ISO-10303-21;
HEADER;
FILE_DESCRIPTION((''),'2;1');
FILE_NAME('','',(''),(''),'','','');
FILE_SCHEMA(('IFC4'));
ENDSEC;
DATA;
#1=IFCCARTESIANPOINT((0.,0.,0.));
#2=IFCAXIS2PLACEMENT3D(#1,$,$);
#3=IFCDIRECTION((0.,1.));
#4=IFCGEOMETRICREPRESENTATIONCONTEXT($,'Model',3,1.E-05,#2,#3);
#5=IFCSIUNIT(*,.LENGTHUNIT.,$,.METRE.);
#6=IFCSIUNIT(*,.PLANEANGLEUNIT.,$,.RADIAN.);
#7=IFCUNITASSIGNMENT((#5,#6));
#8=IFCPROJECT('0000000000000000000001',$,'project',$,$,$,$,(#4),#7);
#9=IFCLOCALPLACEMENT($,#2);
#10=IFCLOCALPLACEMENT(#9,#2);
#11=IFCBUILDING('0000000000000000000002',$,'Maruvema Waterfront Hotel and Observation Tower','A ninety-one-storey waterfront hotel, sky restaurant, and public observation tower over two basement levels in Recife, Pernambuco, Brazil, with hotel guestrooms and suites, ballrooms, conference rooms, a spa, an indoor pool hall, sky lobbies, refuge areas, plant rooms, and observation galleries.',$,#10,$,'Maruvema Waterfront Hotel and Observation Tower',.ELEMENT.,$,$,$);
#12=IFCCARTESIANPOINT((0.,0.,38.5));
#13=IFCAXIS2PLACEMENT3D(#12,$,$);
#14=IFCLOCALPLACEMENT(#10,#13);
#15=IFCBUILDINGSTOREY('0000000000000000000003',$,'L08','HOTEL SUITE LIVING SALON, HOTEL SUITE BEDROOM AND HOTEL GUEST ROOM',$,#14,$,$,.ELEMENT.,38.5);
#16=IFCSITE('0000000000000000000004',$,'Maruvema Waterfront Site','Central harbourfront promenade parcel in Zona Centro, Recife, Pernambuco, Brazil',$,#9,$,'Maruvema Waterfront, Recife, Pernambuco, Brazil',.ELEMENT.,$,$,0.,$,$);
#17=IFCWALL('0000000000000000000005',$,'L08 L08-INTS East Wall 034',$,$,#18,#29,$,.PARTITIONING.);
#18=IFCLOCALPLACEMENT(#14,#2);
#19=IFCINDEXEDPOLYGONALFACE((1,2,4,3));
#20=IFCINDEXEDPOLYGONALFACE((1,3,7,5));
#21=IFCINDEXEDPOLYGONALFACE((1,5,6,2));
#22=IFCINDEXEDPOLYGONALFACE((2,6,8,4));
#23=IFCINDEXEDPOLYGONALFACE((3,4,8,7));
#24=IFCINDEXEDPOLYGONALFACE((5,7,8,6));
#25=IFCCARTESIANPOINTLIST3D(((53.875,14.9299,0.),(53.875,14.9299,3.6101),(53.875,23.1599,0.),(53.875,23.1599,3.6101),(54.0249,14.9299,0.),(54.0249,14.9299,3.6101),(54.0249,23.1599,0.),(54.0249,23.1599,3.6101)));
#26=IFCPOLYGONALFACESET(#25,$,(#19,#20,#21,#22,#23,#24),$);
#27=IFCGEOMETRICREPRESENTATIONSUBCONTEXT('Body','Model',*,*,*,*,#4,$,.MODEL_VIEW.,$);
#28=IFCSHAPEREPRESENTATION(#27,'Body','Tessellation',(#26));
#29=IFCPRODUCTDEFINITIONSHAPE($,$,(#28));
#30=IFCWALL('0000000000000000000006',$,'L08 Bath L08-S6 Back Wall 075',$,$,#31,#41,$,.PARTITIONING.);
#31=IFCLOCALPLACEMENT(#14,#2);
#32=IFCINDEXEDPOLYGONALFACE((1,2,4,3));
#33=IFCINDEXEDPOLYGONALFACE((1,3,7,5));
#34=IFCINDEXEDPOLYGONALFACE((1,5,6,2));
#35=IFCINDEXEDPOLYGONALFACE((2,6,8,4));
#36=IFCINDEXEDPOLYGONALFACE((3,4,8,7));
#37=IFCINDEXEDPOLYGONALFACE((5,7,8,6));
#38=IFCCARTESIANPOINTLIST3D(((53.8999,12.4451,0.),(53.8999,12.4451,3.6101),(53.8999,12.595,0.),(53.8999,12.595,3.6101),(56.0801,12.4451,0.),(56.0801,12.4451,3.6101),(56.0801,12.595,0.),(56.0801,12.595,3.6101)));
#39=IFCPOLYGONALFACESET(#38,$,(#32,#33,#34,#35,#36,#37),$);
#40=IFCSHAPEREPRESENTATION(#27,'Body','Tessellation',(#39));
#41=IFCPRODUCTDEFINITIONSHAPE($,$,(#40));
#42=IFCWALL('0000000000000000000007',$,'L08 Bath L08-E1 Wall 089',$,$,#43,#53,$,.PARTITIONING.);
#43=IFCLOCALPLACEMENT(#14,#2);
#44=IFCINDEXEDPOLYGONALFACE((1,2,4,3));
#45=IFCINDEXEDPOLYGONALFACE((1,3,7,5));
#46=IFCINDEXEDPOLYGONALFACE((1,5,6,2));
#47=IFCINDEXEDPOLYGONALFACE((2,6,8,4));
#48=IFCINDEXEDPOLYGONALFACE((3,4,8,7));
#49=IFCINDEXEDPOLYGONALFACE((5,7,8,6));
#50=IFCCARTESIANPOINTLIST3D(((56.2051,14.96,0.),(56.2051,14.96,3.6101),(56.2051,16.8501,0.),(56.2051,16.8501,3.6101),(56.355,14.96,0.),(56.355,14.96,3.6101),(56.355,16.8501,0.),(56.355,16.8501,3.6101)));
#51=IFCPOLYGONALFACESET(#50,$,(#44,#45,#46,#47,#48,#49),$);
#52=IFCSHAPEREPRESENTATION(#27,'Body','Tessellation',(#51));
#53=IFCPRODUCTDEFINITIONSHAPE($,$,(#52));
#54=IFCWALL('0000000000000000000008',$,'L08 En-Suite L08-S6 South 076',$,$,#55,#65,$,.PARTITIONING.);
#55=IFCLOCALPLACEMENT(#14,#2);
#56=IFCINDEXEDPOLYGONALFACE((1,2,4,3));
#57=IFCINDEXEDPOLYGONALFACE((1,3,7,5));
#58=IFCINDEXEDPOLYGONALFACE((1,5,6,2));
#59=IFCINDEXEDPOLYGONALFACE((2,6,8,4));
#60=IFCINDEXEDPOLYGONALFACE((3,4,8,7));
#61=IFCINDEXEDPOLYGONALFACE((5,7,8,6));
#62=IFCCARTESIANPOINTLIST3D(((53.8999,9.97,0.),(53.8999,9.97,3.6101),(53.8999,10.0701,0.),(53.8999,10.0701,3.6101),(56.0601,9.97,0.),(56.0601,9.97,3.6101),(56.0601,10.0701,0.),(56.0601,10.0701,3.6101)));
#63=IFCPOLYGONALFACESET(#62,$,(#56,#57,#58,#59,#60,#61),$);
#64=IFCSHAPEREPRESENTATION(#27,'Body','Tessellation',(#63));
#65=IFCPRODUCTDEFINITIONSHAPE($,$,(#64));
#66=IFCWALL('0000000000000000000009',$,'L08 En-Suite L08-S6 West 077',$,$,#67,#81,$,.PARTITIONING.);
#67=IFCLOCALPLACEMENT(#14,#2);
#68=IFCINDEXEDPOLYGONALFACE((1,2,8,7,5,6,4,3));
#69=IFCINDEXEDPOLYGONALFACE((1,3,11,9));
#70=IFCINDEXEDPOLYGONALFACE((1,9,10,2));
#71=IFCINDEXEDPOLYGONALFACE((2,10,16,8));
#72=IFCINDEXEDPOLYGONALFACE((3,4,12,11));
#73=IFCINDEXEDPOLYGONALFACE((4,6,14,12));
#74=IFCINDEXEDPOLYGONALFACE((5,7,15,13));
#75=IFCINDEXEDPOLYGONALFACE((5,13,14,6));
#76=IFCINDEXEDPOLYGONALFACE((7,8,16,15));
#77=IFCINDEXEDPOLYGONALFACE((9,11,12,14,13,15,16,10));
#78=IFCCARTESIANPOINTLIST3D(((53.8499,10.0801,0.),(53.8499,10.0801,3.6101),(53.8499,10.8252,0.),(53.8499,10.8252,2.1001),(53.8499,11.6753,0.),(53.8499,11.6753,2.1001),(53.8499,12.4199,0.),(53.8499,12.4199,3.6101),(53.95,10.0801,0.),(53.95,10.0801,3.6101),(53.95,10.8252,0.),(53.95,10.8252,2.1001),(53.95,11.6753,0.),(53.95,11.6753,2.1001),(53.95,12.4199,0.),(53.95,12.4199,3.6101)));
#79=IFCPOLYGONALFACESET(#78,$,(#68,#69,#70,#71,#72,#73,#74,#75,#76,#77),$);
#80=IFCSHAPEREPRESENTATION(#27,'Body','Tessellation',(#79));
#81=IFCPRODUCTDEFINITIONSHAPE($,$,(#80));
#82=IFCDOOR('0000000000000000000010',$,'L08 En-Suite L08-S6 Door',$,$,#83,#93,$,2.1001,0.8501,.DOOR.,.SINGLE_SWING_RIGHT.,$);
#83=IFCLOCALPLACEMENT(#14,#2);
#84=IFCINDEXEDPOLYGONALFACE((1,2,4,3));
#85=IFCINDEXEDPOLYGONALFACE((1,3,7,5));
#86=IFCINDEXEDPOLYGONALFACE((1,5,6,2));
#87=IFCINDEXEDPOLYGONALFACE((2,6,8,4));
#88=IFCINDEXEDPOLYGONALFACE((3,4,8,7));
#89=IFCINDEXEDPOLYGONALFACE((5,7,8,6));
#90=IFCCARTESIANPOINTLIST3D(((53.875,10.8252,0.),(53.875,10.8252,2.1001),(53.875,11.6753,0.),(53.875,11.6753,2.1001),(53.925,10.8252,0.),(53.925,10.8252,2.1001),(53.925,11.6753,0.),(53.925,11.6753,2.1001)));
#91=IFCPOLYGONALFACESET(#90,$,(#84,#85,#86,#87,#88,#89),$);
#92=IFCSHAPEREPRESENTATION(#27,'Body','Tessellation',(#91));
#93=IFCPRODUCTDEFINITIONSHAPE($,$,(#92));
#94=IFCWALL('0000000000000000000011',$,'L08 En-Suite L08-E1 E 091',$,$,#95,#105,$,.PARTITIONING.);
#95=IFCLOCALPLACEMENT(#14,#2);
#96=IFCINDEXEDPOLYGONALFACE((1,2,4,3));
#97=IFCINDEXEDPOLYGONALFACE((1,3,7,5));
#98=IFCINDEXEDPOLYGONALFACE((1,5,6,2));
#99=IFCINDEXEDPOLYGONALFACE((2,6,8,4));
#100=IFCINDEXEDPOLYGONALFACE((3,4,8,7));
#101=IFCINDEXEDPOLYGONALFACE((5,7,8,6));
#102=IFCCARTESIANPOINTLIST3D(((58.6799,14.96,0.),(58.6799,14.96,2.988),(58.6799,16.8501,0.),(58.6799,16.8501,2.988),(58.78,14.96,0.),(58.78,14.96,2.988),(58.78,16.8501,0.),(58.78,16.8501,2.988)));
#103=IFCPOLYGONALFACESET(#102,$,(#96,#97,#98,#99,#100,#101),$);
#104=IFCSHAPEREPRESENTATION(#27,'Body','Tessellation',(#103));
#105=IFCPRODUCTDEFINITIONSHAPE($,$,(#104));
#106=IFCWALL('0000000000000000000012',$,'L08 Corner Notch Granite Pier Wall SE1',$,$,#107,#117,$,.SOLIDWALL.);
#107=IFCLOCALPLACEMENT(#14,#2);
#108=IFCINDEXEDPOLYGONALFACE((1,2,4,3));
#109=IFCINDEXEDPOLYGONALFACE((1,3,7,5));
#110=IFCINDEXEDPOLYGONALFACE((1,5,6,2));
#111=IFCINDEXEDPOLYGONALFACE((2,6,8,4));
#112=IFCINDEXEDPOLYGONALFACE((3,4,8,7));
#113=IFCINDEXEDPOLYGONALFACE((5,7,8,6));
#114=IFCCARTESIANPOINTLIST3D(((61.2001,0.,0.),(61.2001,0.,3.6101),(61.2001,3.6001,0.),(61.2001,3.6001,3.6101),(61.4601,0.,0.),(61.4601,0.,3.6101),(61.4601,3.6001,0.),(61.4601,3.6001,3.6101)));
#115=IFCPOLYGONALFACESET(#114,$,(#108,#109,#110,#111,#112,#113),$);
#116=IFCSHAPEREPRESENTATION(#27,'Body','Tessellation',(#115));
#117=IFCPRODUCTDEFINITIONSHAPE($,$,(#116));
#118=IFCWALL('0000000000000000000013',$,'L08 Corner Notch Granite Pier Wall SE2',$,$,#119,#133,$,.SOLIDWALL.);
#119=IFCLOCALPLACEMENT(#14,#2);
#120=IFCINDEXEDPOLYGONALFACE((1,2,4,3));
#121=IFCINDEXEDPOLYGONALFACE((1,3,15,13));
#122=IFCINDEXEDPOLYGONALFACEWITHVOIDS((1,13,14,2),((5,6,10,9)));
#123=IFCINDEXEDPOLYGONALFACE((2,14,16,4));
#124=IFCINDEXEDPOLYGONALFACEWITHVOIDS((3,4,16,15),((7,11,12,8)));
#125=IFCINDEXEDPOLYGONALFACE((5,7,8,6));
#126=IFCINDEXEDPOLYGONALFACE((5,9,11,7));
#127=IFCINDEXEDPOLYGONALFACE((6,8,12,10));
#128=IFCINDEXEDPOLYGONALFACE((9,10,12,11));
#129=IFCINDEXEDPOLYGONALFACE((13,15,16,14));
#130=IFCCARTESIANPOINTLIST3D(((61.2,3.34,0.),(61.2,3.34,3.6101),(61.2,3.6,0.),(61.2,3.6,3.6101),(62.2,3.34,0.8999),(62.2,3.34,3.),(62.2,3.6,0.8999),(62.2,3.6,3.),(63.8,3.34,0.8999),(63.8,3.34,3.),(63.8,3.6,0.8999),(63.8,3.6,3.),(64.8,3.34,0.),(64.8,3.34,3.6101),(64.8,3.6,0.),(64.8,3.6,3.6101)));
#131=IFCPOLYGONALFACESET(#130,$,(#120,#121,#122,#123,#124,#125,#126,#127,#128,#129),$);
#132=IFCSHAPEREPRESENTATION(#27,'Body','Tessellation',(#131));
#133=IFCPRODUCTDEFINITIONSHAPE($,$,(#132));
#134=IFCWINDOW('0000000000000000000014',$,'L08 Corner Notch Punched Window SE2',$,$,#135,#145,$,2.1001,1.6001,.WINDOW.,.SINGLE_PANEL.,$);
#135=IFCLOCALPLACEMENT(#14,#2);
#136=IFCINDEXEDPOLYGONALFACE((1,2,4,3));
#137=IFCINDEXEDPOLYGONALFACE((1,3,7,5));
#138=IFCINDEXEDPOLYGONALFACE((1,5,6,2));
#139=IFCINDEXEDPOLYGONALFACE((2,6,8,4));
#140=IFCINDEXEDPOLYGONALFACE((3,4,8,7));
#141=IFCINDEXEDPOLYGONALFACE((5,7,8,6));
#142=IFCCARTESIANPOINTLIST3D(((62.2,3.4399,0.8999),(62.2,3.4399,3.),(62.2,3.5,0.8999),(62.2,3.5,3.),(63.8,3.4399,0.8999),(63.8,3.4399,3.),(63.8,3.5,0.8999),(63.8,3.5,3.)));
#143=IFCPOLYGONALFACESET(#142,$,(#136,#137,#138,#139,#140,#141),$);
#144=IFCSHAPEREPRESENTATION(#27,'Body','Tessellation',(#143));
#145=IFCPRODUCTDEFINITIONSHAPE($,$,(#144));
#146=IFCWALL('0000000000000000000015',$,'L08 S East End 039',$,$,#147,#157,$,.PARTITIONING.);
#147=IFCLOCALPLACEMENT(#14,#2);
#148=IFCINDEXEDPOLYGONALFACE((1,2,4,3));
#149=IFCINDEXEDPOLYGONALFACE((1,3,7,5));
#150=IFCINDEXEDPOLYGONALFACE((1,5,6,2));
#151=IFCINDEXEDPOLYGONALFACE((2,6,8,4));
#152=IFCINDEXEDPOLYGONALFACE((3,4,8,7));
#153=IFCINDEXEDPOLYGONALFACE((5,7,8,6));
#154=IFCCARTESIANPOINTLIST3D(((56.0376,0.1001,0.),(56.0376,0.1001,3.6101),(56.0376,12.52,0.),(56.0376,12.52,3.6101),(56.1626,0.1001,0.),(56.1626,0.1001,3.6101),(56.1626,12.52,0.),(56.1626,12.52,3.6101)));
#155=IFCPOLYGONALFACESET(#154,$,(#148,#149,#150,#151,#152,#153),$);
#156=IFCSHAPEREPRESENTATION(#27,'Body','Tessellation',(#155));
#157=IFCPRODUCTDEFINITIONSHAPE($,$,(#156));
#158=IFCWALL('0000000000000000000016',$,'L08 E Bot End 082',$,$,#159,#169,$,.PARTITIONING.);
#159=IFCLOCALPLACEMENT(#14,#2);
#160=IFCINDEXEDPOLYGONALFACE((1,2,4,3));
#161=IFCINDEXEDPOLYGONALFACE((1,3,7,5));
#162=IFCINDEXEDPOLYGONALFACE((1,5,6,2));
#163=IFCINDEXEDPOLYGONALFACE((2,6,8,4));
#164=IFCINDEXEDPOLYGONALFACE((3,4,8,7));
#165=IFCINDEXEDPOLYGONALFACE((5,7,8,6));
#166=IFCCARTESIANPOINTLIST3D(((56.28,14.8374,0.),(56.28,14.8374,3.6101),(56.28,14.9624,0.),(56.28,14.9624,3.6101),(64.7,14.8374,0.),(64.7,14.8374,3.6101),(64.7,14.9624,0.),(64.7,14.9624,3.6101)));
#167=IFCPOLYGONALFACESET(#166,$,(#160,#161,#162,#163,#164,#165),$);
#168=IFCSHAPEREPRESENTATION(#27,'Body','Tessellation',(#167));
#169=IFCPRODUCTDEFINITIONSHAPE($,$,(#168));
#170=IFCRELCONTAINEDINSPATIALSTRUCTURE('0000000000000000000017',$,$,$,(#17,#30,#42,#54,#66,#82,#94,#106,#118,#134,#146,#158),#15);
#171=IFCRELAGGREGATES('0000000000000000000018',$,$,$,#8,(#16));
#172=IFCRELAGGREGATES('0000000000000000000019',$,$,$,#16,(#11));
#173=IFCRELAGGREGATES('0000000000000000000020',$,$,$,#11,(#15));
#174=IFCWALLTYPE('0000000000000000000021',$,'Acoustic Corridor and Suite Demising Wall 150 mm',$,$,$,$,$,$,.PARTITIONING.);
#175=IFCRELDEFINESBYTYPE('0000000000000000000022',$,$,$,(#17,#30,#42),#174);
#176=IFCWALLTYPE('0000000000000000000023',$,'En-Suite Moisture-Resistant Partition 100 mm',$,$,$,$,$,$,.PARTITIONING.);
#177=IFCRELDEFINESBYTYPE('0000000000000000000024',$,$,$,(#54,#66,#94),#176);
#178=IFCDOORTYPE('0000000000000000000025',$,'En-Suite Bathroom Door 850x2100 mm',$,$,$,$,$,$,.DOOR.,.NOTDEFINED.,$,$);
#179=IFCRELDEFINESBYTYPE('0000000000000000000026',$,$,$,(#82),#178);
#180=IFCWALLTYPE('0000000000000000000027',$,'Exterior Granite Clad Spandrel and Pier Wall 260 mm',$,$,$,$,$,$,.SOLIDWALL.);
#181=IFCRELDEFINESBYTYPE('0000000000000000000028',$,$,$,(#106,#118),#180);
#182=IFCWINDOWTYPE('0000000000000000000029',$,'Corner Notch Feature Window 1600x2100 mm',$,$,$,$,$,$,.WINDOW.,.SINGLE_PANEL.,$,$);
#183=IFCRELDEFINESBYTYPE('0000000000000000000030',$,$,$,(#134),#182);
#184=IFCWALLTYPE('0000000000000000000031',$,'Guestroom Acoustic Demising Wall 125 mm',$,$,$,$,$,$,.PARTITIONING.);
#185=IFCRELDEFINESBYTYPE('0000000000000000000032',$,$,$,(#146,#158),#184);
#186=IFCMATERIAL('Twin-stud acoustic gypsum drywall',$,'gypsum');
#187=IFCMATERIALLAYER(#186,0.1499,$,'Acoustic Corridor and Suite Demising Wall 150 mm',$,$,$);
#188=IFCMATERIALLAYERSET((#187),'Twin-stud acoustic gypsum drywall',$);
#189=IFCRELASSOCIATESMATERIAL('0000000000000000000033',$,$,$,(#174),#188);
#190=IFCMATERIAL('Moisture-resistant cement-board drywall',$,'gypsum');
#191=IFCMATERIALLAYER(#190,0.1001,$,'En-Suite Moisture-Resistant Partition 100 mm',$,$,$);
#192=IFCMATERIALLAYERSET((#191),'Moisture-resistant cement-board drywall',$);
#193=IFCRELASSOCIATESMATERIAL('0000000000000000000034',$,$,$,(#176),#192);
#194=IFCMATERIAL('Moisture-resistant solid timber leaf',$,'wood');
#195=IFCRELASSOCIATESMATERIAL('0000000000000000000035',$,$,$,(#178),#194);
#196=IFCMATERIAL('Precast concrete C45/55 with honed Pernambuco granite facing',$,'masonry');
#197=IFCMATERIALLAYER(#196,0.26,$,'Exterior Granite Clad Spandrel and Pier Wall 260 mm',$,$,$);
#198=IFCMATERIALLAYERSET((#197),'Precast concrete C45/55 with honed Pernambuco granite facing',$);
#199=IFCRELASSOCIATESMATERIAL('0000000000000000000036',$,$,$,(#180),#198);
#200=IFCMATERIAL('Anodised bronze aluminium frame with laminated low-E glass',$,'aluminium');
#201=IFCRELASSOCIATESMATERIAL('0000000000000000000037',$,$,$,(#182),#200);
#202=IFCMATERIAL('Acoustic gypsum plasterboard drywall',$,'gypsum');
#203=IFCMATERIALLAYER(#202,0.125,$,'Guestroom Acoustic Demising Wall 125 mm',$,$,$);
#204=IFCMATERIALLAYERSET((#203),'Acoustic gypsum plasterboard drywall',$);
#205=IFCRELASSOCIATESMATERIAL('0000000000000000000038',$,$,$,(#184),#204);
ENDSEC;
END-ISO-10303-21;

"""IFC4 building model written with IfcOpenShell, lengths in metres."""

from ifc_helpers import new_model, si_unit, direction, frame, frame_2d, origin, place, context, subcontext, project, spatial, rectangle, extrude, material, layer, layer_set, type_object, element, fill, save


model = new_model("IFC4")

# Units and contexts
model_context = context("Model", 3, precision=1e-05, world=origin(), true_north=direction((0.0, 1.0)))
body_context = subcontext(model_context, "Body", "Model", "MODEL_VIEW")
ifc_project = project(units=[si_unit("LENGTHUNIT", "METRE"), si_unit("PLANEANGLEUNIT", "RADIAN")], contexts=[model_context])

# Site, building, storey
site_placement = place(None, origin())
site = spatial("IfcSite", under=ifc_project, at=site_placement, Name="Maruvema Waterfront Site", Description="Central harbourfront promenade parcel in Zona Centro, Recife, Pernambuco, Brazil", LongName="Maruvema Waterfront, Recife, Pernambuco, Brazil", CompositionType="ELEMENT", RefElevation=0.0)
building_placement = place(site_placement, origin())
building = spatial("IfcBuilding", under=site, at=building_placement, Name="Maruvema Waterfront Hotel and Observation Tower", Description="A ninety-one-storey waterfront hotel, sky restaurant, and public observation tower over two basement levels in Recife, Pernambuco, Brazil, with hotel guestrooms and suites, ballrooms, conference rooms, a spa, an indoor pool hall, sky lobbies, refuge areas, plant rooms, and observation galleries.", LongName="Maruvema Waterfront Hotel and Observation Tower", CompositionType="ELEMENT")
storey_placement = place(building_placement, frame((0.0, 0.0, 38.5)))
storey = spatial("IfcBuildingStorey", under=building, at=storey_placement, Name="L08", Description="HOTEL SUITE LIVING SALON, HOTEL SUITE BEDROOM AND HOTEL GUEST ROOM", CompositionType="ELEMENT", Elevation=38.5)

# Walls
ifc_material_1 = material(Name="Twin-stud acoustic gypsum drywall", Category="gypsum")
ifc_layer_1 = layer(ifc_material_1, 0.1499, Name="Acoustic Corridor and Suite Demising Wall 150 mm")
ifc_layer_set_1 = layer_set([ifc_layer_1], Name="Twin-stud acoustic gypsum drywall")
wall_type_1 = type_object("IfcWallType", Name="Acoustic Corridor and Suite Demising Wall 150 mm", PredefinedType="PARTITIONING", material=ifc_layer_set_1)
wall_1_placement = place(storey_placement, frame((53.95, 14.9299, 0.0), z_axis=(0.0, 0.0, 1.0), x_axis=(0.0, 1.0, 0.0)))
element("IfcWall", 1, at=wall_1_placement, inside=storey, type_object=wall_type_1, Name="L08 L08-INTS East Wall 034", PredefinedType="PARTITIONING", context=body_context, shape_type="SweptSolid", body=[
    extrude(rectangle(XDim=8.23, YDim=0.1499, at=frame_2d((4.115, 0.0))), origin(), (0.0, 0.0, 1.0), 3.6101),
])
wall_2_placement = place(storey_placement, frame((53.8999, 12.52, 0.0), z_axis=(0.0, 0.0, 1.0), x_axis=(1.0, 0.0, 0.0)))
element("IfcWall", 2, at=wall_2_placement, inside=storey, type_object=wall_type_1, Name="L08 Bath L08-S6 Back Wall 075", PredefinedType="PARTITIONING", context=body_context, shape_type="SweptSolid", body=[
    extrude(rectangle(XDim=2.1802, YDim=0.1499, at=frame_2d((1.0901, 0.0))), origin(), (0.0, 0.0, 1.0), 3.6101),
])
wall_3_placement = place(storey_placement, frame((56.28, 14.96, 0.0), z_axis=(0.0, 0.0, 1.0), x_axis=(0.0, 1.0, 0.0)))
element("IfcWall", 3, at=wall_3_placement, inside=storey, type_object=wall_type_1, Name="L08 Bath L08-E1 Wall 089", PredefinedType="PARTITIONING", context=body_context, shape_type="SweptSolid", body=[
    extrude(rectangle(XDim=1.8901, YDim=0.1499, at=frame_2d((0.9451, 0.0))), origin(), (0.0, 0.0, 1.0), 3.6101),
])
ifc_material_2 = material(Name="Moisture-resistant cement-board drywall", Category="gypsum")
ifc_layer_2 = layer(ifc_material_2, 0.1001, Name="En-Suite Moisture-Resistant Partition 100 mm")
ifc_layer_set_2 = layer_set([ifc_layer_2], Name="Moisture-resistant cement-board drywall")
wall_type_2 = type_object("IfcWallType", Name="En-Suite Moisture-Resistant Partition 100 mm", PredefinedType="PARTITIONING", material=ifc_layer_set_2)
wall_4_placement = place(storey_placement, frame((53.8999, 10.02, 0.0), z_axis=(0.0, 0.0, 1.0), x_axis=(1.0, 0.0, 0.0)))
element("IfcWall", 4, at=wall_4_placement, inside=storey, type_object=wall_type_2, Name="L08 En-Suite L08-S6 South 076", PredefinedType="PARTITIONING", context=body_context, shape_type="SweptSolid", body=[
    extrude(rectangle(XDim=2.1602, YDim=0.1001, at=frame_2d((1.0801, 0.0))), origin(), (0.0, 0.0, 1.0), 3.6101),
])

# Wall, opening, door
wall_5_placement = place(storey_placement, frame((53.8999, 10.0801, 0.0), z_axis=(0.0, 0.0, 1.0), x_axis=(0.0, 1.0, 0.0)))
wall_5 = element("IfcWall", 5, at=wall_5_placement, inside=storey, type_object=wall_type_2, Name="L08 En-Suite L08-S6 West 077", PredefinedType="PARTITIONING", context=body_context, shape_type="SweptSolid", body=[
    extrude(rectangle(XDim=2.3398, YDim=0.1001, at=frame_2d((1.1699, 0.0))), origin(), (0.0, 0.0, 1.0), 3.6101),
])
opening_1_placement = place(wall_5_placement, frame((0.7451, 0.0, 0.0)))
opening_1 = element("IfcOpeningElement", 6, at=opening_1_placement, cuts=wall_5, PredefinedType="OPENING", context=body_context, shape_type="SweptSolid", body=[
    extrude(rectangle(XDim=0.8501, YDim=2.1001, at=frame_2d((0.425, 1.05))), frame((0.0, 0.0601, 0.0), z_axis=(0.0, -1.0, 0.0), x_axis=(1.0, 0.0, 0.0)), (0.0, 0.0, 1.0), 0.1201),
])
ifc_material_3 = material(Name="Moisture-resistant solid timber leaf", Category="wood")
door_type = type_object("IfcDoorType", Name="En-Suite Bathroom Door 850x2100 mm", OperationType="NOTDEFINED", PredefinedType="DOOR", material=ifc_material_3)
door_placement = place(opening_1_placement, origin())
door = element("IfcDoor", 7, at=door_placement, inside=storey, type_object=door_type, Name="L08 En-Suite L08-S6 Door", OperationType="SINGLE_SWING_RIGHT", OverallHeight=2.1001, OverallWidth=0.8501, PredefinedType="DOOR", context=body_context, shape_type="SweptSolid", body=[
    extrude(rectangle(XDim=0.8501, YDim=2.1001, at=frame_2d((0.425, 1.05))), frame((0.0, 0.0249, 0.0), z_axis=(0.0, -1.0, 0.0), x_axis=(1.0, 0.0, 0.0)), (0.0, 0.0, 1.0), 0.05),
])
fill(opening_1, door)

# Walls
wall_6_placement = place(storey_placement, frame((58.73, 14.96, 0.0), z_axis=(0.0, 0.0, 1.0), x_axis=(0.0, 1.0, 0.0)))
element("IfcWall", 8, at=wall_6_placement, inside=storey, type_object=wall_type_2, Name="L08 En-Suite L08-E1 E 091", PredefinedType="PARTITIONING", context=body_context, shape_type="SweptSolid", body=[
    extrude(rectangle(XDim=1.8901, YDim=0.1001, at=frame_2d((0.9451, 0.0))), origin(), (0.0, 0.0, 1.0), 2.988),
])
ifc_material_4 = material(Name="Precast concrete C45/55 with honed Pernambuco granite facing", Category="masonry")
ifc_layer_3 = layer(ifc_material_4, 0.26, Name="Exterior Granite Clad Spandrel and Pier Wall 260 mm")
ifc_layer_set_3 = layer_set([ifc_layer_3], Name="Precast concrete C45/55 with honed Pernambuco granite facing")
wall_type_3 = type_object("IfcWallType", Name="Exterior Granite Clad Spandrel and Pier Wall 260 mm", PredefinedType="SOLIDWALL", material=ifc_layer_set_3)
wall_7_placement = place(storey_placement, frame((61.3301, 3.6001, 0.0), z_axis=(0.0, 0.0, 1.0), x_axis=(0.0, -1.0, 0.0)))
element("IfcWall", 9, at=wall_7_placement, inside=storey, type_object=wall_type_3, Name="L08 Corner Notch Granite Pier Wall SE1", PredefinedType="SOLIDWALL", context=body_context, shape_type="SweptSolid", body=[
    extrude(rectangle(XDim=3.6001, YDim=0.26, at=frame_2d((1.8, 0.0))), origin(), (0.0, 0.0, 1.0), 3.6101),
])

# Wall, opening, window
wall_8_placement = place(storey_placement, frame((64.8, 3.47, 0.0), z_axis=(0.0, 0.0, 1.0), x_axis=(-1.0, 0.0, 0.0)))
wall_8 = element("IfcWall", 10, at=wall_8_placement, inside=storey, type_object=wall_type_3, Name="L08 Corner Notch Granite Pier Wall SE2", PredefinedType="SOLIDWALL", context=body_context, shape_type="SweptSolid", body=[
    extrude(rectangle(XDim=3.6001, YDim=0.26, at=frame_2d((1.8, 0.0))), origin(), (0.0, 0.0, 1.0), 3.6101),
])
opening_2_placement = place(wall_8_placement, frame((1.0, 0.0, 0.8999)))
opening_2 = element("IfcOpeningElement", 11, at=opening_2_placement, cuts=wall_8, PredefinedType="OPENING", context=body_context, shape_type="SweptSolid", body=[
    extrude(rectangle(XDim=1.6001, YDim=2.1001, at=frame_2d((0.8, 1.05))), frame((0.0, 0.1401, 0.0), z_axis=(0.0, -1.0, 0.0), x_axis=(1.0, 0.0, 0.0)), (0.0, 0.0, 1.0), 0.28),
])
ifc_material_5 = material(Name="Anodised bronze aluminium frame with laminated low-E glass", Category="aluminium")
window_type = type_object("IfcWindowType", Name="Corner Notch Feature Window 1600x2100 mm", PartitioningType="SINGLE_PANEL", PredefinedType="WINDOW", material=ifc_material_5)
window_placement = place(opening_2_placement, origin())
window = element("IfcWindow", 12, at=window_placement, inside=storey, type_object=window_type, Name="L08 Corner Notch Punched Window SE2", OverallHeight=2.1001, OverallWidth=1.6001, PartitioningType="SINGLE_PANEL", PredefinedType="WINDOW", context=body_context, shape_type="SweptSolid", body=[
    extrude(rectangle(XDim=1.6001, YDim=2.1001, at=frame_2d((0.8, 1.05))), frame((0.0, 0.03, 0.0), z_axis=(0.0, -1.0, 0.0), x_axis=(1.0, 0.0, 0.0)), (0.0, 0.0, 1.0), 0.0601),
])
fill(opening_2, window)

# Walls
ifc_material_6 = material(Name="Acoustic gypsum plasterboard drywall", Category="gypsum")
ifc_layer_4 = layer(ifc_material_6, 0.125, Name="Guestroom Acoustic Demising Wall 125 mm")
ifc_layer_set_4 = layer_set([ifc_layer_4], Name="Acoustic gypsum plasterboard drywall")
wall_type_4 = type_object("IfcWallType", Name="Guestroom Acoustic Demising Wall 125 mm", PredefinedType="PARTITIONING", material=ifc_layer_set_4)
wall_9_placement = place(storey_placement, frame((56.1001, 0.1001, 0.0), z_axis=(0.0, 0.0, 1.0), x_axis=(0.0, 1.0, 0.0)))
element("IfcWall", 13, at=wall_9_placement, inside=storey, type_object=wall_type_4, Name="L08 S East End 039", PredefinedType="PARTITIONING", context=body_context, shape_type="SweptSolid", body=[
    extrude(rectangle(XDim=12.4199, YDim=0.125, at=frame_2d((6.21, 0.0))), origin(), (0.0, 0.0, 1.0), 3.6101),
])
wall_10_placement = place(storey_placement, frame((56.28, 14.8999, 0.0), z_axis=(0.0, 0.0, 1.0), x_axis=(1.0, 0.0, 0.0)))
element("IfcWall", 14, at=wall_10_placement, inside=storey, type_object=wall_type_4, Name="L08 E Bot End 082", PredefinedType="PARTITIONING", context=body_context, shape_type="SweptSolid", body=[
    extrude(rectangle(XDim=8.4199, YDim=0.125, at=frame_2d((4.21, 0.0))), origin(), (0.0, 0.0, 1.0), 3.6101),
])

save(model, "model.ifc")
